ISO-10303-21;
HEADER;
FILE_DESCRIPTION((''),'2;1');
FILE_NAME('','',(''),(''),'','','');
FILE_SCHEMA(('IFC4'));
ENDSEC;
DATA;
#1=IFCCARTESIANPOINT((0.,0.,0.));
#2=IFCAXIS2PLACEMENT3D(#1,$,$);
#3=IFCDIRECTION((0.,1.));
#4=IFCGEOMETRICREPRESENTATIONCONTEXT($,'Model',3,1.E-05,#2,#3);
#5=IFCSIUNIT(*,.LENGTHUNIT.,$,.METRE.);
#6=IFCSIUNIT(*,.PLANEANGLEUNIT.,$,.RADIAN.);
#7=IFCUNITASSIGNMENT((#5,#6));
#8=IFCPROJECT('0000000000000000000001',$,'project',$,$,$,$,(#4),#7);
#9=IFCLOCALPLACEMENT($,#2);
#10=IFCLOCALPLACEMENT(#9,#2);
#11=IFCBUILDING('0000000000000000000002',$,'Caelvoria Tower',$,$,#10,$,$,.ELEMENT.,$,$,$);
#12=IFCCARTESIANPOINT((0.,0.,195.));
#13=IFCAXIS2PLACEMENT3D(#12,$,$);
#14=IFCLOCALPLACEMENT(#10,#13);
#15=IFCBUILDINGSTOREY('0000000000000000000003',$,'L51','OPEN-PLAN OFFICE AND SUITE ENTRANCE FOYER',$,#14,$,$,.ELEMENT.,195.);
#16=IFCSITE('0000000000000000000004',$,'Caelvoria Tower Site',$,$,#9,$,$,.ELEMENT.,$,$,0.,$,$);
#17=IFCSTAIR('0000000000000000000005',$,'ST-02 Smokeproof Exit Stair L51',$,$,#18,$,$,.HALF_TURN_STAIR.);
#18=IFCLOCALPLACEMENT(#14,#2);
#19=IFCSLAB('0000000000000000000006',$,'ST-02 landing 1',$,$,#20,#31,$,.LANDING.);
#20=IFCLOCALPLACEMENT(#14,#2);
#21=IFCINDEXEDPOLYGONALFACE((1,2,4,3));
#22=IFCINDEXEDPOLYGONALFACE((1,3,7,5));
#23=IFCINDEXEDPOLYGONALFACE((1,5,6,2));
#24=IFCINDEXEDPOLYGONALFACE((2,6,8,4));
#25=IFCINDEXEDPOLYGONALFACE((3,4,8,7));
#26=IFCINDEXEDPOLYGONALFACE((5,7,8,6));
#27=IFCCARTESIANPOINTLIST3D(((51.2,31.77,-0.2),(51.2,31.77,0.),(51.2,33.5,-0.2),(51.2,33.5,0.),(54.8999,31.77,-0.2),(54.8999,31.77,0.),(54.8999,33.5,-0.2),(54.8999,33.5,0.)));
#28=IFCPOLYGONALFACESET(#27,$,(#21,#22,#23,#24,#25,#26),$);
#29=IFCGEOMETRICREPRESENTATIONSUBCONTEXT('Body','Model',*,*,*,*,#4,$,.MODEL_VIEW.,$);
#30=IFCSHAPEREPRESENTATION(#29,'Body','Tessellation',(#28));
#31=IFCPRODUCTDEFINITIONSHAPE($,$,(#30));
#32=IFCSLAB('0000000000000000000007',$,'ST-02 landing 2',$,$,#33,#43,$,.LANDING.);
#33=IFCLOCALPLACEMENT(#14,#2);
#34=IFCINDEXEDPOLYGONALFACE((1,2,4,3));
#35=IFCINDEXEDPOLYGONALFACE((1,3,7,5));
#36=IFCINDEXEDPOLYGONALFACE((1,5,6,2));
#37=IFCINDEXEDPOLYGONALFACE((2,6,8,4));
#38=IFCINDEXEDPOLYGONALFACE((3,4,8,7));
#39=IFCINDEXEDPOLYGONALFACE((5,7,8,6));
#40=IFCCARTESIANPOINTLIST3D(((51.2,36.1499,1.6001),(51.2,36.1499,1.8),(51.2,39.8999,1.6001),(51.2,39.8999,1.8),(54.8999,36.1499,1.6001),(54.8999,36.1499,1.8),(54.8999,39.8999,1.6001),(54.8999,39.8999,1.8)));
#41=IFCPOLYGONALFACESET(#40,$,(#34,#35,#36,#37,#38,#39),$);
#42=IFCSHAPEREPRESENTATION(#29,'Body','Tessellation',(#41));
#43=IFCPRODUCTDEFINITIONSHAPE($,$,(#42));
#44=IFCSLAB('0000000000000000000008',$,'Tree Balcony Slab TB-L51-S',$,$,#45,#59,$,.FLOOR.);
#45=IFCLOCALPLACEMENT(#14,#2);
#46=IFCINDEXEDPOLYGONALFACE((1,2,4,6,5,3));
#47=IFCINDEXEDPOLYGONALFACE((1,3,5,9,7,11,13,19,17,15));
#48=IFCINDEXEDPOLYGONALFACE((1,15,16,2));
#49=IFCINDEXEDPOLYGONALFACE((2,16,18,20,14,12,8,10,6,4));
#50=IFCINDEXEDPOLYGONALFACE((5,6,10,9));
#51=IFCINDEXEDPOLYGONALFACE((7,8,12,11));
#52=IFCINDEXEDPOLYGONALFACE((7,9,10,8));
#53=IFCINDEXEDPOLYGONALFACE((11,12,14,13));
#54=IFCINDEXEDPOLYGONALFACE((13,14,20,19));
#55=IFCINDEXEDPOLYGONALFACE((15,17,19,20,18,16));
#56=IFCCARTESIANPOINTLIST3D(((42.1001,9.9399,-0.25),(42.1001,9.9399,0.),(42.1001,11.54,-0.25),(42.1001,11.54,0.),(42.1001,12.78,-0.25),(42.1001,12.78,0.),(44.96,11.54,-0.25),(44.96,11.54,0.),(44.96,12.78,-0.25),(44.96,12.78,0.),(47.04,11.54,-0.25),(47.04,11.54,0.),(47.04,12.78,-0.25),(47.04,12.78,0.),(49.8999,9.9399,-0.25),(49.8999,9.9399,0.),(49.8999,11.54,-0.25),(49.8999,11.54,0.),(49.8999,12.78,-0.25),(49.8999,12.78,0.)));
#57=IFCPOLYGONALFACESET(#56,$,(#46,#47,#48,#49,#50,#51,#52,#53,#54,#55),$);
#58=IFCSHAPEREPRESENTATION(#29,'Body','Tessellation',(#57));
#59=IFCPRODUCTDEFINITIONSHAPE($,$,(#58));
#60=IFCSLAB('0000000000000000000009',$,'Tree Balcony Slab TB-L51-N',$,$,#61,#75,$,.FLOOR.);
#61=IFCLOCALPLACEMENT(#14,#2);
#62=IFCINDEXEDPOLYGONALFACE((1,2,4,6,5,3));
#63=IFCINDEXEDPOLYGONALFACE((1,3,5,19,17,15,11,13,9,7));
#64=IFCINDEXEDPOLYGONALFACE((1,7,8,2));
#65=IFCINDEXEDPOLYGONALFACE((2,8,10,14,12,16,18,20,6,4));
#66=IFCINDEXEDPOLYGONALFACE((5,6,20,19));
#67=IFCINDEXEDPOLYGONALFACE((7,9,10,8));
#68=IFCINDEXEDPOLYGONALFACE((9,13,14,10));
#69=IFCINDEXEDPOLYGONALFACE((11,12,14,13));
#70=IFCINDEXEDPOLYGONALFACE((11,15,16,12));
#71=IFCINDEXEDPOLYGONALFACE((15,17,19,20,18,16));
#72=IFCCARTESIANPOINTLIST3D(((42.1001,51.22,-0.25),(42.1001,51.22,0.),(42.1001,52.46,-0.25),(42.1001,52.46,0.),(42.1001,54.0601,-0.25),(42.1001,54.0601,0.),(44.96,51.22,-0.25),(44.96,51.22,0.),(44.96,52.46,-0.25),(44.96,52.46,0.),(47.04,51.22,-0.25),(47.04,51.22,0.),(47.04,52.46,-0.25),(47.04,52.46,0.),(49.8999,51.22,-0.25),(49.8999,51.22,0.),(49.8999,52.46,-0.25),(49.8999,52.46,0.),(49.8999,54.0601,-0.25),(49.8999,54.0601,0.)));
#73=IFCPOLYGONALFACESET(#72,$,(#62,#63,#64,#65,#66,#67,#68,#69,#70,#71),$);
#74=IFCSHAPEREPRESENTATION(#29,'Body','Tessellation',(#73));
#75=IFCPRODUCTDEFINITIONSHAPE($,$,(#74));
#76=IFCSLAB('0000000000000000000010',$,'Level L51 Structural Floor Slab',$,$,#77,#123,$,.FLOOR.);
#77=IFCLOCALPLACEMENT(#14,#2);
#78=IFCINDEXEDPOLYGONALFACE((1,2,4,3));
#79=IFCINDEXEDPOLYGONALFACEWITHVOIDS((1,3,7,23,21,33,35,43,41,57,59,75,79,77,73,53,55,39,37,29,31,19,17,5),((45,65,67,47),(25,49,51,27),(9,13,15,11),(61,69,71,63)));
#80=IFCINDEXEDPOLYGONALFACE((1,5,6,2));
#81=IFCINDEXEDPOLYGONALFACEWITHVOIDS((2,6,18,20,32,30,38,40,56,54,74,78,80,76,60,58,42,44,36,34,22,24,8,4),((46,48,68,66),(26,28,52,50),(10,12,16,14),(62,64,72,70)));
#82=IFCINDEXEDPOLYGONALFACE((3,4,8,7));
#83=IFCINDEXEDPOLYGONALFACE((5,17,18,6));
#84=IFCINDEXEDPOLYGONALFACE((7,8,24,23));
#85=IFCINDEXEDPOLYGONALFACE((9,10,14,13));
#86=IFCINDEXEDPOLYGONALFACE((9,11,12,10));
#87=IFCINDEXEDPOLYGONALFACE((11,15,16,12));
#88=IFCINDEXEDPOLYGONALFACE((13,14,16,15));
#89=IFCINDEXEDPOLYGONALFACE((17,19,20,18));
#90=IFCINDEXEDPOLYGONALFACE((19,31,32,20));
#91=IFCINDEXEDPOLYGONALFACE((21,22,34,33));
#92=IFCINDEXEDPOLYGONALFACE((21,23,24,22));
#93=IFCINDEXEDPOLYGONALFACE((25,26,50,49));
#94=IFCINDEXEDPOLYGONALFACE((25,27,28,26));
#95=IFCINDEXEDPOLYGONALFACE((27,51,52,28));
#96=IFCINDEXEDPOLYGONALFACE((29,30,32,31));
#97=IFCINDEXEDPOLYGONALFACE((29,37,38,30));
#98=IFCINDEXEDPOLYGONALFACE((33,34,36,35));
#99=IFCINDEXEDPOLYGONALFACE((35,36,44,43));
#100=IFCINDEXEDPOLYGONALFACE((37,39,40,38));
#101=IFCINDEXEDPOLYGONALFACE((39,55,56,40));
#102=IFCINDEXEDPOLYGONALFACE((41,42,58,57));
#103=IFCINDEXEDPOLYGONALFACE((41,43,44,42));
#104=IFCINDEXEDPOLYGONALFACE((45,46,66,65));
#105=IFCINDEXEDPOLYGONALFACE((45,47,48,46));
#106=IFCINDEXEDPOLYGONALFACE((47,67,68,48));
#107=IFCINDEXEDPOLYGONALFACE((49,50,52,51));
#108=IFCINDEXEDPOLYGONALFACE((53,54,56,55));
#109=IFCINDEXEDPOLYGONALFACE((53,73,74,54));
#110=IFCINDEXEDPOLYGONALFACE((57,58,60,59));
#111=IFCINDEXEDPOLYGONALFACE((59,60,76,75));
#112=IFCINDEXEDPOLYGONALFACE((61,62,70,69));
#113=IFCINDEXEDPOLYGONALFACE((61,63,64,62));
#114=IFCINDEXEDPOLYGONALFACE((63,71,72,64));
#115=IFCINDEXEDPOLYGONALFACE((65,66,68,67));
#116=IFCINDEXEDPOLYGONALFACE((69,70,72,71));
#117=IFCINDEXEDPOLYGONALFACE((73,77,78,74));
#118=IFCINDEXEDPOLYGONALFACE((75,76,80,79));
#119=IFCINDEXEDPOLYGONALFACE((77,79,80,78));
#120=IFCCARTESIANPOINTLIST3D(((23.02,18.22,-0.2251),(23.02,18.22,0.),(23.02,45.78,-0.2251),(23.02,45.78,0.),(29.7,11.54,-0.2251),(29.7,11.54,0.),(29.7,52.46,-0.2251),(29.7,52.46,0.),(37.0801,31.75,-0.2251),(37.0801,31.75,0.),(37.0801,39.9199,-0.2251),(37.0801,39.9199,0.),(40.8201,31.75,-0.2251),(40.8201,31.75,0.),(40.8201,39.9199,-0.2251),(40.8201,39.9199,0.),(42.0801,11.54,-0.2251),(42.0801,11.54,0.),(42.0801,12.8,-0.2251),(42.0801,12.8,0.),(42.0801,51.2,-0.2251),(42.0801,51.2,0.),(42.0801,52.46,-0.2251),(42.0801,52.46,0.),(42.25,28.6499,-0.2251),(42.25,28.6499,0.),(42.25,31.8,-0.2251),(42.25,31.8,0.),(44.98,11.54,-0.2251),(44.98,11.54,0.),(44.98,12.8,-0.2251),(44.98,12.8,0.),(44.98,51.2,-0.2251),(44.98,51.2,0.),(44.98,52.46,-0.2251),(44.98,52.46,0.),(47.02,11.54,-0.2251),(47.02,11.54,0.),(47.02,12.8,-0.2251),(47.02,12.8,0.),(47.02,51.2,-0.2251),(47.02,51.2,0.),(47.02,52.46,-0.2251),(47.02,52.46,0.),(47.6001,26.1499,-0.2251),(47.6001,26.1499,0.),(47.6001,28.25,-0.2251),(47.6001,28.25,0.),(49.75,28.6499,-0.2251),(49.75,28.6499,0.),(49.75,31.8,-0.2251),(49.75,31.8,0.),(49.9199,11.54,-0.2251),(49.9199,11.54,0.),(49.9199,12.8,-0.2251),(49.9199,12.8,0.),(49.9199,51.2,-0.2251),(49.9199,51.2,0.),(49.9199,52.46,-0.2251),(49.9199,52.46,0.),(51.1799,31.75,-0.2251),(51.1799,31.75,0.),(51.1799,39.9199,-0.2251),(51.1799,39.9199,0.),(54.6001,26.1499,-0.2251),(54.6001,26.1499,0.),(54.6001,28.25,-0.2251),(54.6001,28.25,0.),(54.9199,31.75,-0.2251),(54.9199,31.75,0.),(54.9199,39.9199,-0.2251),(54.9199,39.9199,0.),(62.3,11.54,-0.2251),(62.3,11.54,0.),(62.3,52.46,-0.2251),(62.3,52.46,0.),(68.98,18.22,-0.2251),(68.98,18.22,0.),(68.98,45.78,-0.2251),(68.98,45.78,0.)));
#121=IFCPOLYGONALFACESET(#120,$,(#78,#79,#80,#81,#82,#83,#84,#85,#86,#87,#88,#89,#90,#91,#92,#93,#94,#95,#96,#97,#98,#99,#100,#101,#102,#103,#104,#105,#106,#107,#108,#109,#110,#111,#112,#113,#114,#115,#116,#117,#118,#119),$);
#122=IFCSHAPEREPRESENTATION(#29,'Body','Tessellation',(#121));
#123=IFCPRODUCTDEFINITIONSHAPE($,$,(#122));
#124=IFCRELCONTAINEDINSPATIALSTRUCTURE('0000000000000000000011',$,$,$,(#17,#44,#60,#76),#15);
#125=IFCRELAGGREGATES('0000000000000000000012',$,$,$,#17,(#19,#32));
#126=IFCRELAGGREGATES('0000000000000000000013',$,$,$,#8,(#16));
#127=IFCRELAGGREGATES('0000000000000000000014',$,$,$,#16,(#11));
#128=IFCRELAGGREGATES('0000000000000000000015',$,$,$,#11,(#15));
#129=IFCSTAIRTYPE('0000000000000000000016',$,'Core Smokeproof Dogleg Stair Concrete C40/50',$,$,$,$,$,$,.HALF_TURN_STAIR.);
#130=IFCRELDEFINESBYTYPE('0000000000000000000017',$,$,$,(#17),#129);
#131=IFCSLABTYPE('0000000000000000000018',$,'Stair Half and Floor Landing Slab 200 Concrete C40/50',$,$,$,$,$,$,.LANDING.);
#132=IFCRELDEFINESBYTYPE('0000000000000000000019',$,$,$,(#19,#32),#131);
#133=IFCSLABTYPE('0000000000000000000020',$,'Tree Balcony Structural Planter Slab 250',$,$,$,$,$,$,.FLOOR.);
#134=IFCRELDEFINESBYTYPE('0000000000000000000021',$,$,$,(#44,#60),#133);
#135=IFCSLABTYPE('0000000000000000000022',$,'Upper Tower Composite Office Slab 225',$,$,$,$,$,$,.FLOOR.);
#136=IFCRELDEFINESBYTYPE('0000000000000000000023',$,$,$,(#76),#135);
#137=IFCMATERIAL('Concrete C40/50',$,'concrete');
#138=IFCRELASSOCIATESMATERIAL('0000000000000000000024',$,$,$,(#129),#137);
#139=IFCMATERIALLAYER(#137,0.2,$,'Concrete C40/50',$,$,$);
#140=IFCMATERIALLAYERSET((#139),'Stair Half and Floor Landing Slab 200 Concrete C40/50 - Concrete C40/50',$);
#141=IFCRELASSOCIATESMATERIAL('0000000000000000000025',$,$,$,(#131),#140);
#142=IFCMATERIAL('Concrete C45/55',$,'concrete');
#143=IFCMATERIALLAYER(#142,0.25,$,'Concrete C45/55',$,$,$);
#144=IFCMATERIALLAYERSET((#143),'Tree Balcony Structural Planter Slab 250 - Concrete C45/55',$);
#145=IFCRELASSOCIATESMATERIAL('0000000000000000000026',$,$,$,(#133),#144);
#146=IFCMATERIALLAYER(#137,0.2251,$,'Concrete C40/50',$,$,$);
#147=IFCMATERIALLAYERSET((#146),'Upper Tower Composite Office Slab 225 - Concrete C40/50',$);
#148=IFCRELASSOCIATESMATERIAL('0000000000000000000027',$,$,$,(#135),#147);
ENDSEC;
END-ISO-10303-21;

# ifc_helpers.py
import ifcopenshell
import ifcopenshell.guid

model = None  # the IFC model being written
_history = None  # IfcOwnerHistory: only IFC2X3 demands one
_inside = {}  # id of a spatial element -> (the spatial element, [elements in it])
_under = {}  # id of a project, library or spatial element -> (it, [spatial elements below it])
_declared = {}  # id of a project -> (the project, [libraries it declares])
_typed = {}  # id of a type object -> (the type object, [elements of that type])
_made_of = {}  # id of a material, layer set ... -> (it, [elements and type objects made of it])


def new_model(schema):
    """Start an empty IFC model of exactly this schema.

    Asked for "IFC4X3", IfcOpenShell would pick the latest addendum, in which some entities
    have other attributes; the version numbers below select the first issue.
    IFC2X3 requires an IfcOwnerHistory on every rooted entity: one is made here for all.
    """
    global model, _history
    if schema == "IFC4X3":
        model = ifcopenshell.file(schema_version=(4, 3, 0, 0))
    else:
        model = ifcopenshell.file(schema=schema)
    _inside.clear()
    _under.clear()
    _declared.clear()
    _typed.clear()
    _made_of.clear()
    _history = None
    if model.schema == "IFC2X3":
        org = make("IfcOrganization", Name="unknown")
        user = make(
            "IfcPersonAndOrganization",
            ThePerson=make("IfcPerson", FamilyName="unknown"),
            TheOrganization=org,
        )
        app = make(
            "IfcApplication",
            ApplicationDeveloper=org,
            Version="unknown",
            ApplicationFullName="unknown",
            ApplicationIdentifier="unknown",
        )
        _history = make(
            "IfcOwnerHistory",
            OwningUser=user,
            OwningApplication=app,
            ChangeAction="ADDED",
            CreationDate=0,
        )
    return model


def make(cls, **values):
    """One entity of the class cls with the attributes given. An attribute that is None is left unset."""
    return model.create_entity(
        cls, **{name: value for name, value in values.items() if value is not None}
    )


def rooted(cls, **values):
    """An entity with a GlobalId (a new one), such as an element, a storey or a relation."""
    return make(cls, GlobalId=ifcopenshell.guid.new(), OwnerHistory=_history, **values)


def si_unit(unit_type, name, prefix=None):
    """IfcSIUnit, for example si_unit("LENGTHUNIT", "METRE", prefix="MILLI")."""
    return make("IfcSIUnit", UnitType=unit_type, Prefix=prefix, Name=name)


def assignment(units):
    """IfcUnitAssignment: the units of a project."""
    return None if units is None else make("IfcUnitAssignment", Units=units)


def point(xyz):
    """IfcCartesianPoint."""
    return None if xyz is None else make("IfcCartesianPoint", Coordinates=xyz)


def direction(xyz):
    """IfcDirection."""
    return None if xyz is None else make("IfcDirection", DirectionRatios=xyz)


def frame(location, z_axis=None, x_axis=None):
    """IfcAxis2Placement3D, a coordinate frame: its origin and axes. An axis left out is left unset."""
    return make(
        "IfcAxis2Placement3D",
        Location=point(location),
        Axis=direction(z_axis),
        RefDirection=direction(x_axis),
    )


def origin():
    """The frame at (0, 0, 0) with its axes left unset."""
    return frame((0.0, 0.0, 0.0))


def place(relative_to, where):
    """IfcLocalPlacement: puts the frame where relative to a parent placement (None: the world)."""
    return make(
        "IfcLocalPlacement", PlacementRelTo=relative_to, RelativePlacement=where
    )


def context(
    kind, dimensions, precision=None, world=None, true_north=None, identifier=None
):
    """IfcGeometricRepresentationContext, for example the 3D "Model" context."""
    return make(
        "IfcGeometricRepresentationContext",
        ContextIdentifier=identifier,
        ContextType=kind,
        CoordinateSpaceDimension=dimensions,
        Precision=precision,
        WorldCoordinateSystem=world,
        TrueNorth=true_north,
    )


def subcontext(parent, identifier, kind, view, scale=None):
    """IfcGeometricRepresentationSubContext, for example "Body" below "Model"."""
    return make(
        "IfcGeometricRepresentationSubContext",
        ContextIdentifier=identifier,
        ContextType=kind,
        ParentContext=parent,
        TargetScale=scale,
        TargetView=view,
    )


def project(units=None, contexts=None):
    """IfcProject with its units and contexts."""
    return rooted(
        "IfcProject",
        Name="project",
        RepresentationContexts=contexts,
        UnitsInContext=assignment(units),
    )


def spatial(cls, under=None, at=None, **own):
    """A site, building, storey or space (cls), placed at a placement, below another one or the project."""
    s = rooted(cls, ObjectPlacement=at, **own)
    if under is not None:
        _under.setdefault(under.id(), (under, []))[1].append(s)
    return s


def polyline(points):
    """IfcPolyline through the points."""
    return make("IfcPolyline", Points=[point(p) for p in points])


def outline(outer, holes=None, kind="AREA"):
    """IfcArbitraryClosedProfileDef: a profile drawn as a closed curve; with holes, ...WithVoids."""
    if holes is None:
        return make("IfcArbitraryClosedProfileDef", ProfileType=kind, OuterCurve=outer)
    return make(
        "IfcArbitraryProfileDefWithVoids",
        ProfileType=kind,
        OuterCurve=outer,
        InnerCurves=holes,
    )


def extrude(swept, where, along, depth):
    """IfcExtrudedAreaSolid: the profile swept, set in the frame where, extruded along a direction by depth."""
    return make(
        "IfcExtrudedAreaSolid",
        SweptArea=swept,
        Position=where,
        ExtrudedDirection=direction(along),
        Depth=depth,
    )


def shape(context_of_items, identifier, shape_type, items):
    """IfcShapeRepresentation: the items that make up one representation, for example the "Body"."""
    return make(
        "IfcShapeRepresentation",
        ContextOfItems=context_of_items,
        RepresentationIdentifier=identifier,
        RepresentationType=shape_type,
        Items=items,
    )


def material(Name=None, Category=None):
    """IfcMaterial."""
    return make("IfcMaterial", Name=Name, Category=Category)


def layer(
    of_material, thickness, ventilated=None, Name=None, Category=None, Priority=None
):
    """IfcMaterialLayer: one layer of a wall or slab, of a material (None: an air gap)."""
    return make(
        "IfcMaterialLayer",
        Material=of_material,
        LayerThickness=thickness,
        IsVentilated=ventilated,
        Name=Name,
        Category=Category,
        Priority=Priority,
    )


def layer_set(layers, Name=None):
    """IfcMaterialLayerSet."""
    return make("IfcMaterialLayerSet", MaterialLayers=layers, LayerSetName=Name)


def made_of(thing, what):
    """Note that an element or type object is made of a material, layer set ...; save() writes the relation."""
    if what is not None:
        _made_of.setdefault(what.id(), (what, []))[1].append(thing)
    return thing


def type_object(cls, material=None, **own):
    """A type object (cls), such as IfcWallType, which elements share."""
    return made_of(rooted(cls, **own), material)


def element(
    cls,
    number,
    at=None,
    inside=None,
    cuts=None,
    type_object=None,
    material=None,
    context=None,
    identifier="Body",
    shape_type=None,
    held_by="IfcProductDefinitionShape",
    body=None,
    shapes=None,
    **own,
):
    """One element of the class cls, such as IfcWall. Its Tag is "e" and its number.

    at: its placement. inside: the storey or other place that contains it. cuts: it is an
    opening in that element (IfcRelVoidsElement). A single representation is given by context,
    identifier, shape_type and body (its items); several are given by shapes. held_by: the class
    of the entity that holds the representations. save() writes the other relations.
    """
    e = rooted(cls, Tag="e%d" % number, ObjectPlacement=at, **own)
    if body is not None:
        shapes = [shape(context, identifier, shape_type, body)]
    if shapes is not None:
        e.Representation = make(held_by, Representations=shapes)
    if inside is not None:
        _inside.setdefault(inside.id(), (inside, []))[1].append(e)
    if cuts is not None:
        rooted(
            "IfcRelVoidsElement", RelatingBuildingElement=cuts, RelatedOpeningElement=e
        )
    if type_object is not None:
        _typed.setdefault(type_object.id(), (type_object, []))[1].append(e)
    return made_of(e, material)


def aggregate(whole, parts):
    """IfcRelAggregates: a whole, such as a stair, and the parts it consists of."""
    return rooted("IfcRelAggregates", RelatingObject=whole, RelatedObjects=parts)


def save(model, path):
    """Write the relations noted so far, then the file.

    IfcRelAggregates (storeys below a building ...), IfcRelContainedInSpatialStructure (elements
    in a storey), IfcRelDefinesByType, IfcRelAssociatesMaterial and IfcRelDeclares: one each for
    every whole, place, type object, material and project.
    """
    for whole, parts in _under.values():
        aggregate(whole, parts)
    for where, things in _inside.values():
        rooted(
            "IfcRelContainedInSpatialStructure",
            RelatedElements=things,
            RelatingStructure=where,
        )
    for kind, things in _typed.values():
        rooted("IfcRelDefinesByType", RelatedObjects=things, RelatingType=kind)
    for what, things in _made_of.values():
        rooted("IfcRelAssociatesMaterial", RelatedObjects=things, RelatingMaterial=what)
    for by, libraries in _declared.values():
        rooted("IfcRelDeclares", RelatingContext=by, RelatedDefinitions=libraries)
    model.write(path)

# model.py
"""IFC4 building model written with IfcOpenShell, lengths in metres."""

from ifc_helpers import new_model, si_unit, direction, frame, origin, place, context, subcontext, project, spatial, polyline, outline, extrude, material, layer, layer_set, type_object, element, aggregate, save


model = new_model("IFC4")

# Units and contexts
model_context = context("Model", 3, precision=1e-05, world=origin(), true_north=direction((0.0, 1.0)))
body_context = subcontext(model_context, "Body", "Model", "MODEL_VIEW")
ifc_project = project(units=[si_unit("LENGTHUNIT", "METRE"), si_unit("PLANEANGLEUNIT", "RADIAN")], contexts=[model_context])

# Site, building, storey
site_placement = place(None, origin())
site = spatial("IfcSite", under=ifc_project, at=site_placement, Name="Caelvoria Tower Site", CompositionType="ELEMENT", RefElevation=0.0)
building_placement = place(site_placement, origin())
building = spatial("IfcBuilding", under=site, at=building_placement, Name="Caelvoria Tower", CompositionType="ELEMENT")
storey_placement = place(building_placement, frame((0.0, 0.0, 195.0)))
storey = spatial("IfcBuildingStorey", under=building, at=storey_placement, Name="L51", Description="OPEN-PLAN OFFICE AND SUITE ENTRANCE FOYER", CompositionType="ELEMENT", Elevation=195.0)

# Stair, slabs
ifc_material_1 = material(Name="Concrete C40/50", Category="concrete")
stair_type = type_object("IfcStairType", Name="Core Smokeproof Dogleg Stair Concrete C40/50", PredefinedType="HALF_TURN_STAIR", material=ifc_material_1)
ifc_layer_1 = layer(ifc_material_1, 0.2, Name="Concrete C40/50")
ifc_layer_set_1 = layer_set([ifc_layer_1], Name="Stair Half and Floor Landing Slab 200 Concrete C40/50 - Concrete C40/50")
slab_type_1 = type_object("IfcSlabType", Name="Stair Half and Floor Landing Slab 200 Concrete C40/50", PredefinedType="LANDING", material=ifc_layer_set_1)
stair_1_placement = place(storey_placement, origin())
stair_1 = element("IfcStair", 1, at=stair_1_placement, inside=storey, type_object=stair_type, Name="ST-02 Smokeproof Exit Stair L51", PredefinedType="HALF_TURN_STAIR")
slab_1_placement = place(storey_placement, frame((0.0, 0.0, -0.2)))
slab_1 = element("IfcSlab", 2, at=slab_1_placement, type_object=slab_type_1, Name="ST-02 landing 1", PredefinedType="LANDING", context=body_context, shape_type="SweptSolid", body=[
    extrude(outline(polyline([(51.2, 31.77), (54.8999, 31.77), (54.8999, 33.5), (51.2, 33.5), (51.2, 31.77)])), origin(), (0.0, 0.0, 1.0), 0.2),
])
slab_2_placement = place(storey_placement, frame((0.0, 0.0, 1.6001)))
slab_2 = element("IfcSlab", 3, at=slab_2_placement, type_object=slab_type_1, Name="ST-02 landing 2", PredefinedType="LANDING", context=body_context, shape_type="SweptSolid", body=[
    extrude(outline(polyline([(51.2, 36.1499), (54.8999, 36.1499), (54.8999, 39.8999), (51.2, 39.8999), (51.2, 36.1499)])), origin(), (0.0, 0.0, 1.0), 0.2),
])
aggregate(stair_1, [slab_1, slab_2])

# Slabs
ifc_material_2 = material(Name="Concrete C45/55", Category="concrete")
ifc_layer_2 = layer(ifc_material_2, 0.25, Name="Concrete C45/55")
ifc_layer_set_2 = layer_set([ifc_layer_2], Name="Tree Balcony Structural Planter Slab 250 - Concrete C45/55")
slab_type_2 = type_object("IfcSlabType", Name="Tree Balcony Structural Planter Slab 250", PredefinedType="FLOOR", material=ifc_layer_set_2)
slab_3_placement = place(storey_placement, frame((0.0, 0.0, -0.25)))
element("IfcSlab", 4, at=slab_3_placement, inside=storey, type_object=slab_type_2, Name="Tree Balcony Slab TB-L51-S", PredefinedType="FLOOR", context=body_context, shape_type="SweptSolid", body=[
    extrude(outline(polyline([(49.8999, 11.54), (49.8999, 12.78), (47.04, 12.78), (47.04, 11.54), (44.96, 11.54), (44.96, 12.78), (42.1001, 12.78), (42.1001, 11.54), (42.1001, 9.9399), (49.8999, 9.9399), (49.8999, 11.54)])), origin(), (0.0, 0.0, 1.0), 0.25),
])
slab_4_placement = place(storey_placement, frame((0.0, 0.0, -0.25)))
element("IfcSlab", 5, at=slab_4_placement, inside=storey, type_object=slab_type_2, Name="Tree Balcony Slab TB-L51-N", PredefinedType="FLOOR", context=body_context, shape_type="SweptSolid", body=[
    extrude(outline(polyline([(42.1001, 54.0601), (42.1001, 52.46), (42.1001, 51.22), (44.96, 51.22), (44.96, 52.46), (47.04, 52.46), (47.04, 51.22), (49.8999, 51.22), (49.8999, 52.46), (49.8999, 54.0601), (42.1001, 54.0601)])), origin(), (0.0, 0.0, 1.0), 0.25),
])
ifc_layer_3 = layer(ifc_material_1, 0.2251, Name="Concrete C40/50")
ifc_layer_set_3 = layer_set([ifc_layer_3], Name="Upper Tower Composite Office Slab 225 - Concrete C40/50")
slab_type_3 = type_object("IfcSlabType", Name="Upper Tower Composite Office Slab 225", PredefinedType="FLOOR", material=ifc_layer_set_3)
slab_5_placement = place(storey_placement, frame((0.0, 0.0, -0.2251)))
element("IfcSlab", 6, at=slab_5_placement, inside=storey, type_object=slab_type_3, Name="Level L51 Structural Floor Slab", PredefinedType="FLOOR", context=body_context, shape_type="SweptSolid", body=[
    extrude(outline(polyline([(23.02, 45.78), (23.02, 18.22), (29.7, 11.54), (42.0801, 11.54), (42.0801, 12.8), (44.98, 12.8), (44.98, 11.54), (47.02, 11.54), (47.02, 12.8), (49.9199, 12.8), (49.9199, 11.54), (62.3, 11.54), (68.98, 18.22), (68.98, 45.78), (62.3, 52.46), (49.9199, 52.46), (49.9199, 51.2), (47.02, 51.2), (47.02, 52.46), (44.98, 52.46), (44.98, 51.2), (42.0801, 51.2), (42.0801, 52.46), (29.7, 52.46), (23.02, 45.78)]), holes=[polyline([(37.0801, 31.75), (40.8201, 31.75), (40.8201, 39.9199), (37.0801, 39.9199), (37.0801, 31.75)]), polyline([(51.1799, 31.75), (54.9199, 31.75), (54.9199, 39.9199), (51.1799, 39.9199), (51.1799, 31.75)]), polyline([(42.25, 28.6499), (49.75, 28.6499), (49.75, 31.8), (42.25, 31.8), (42.25, 28.6499)]), polyline([(47.6001, 26.1499), (54.6001, 26.1499), (54.6001, 28.25), (47.6001, 28.25), (47.6001, 26.1499)])]), origin(), (0.0, 0.0, 1.0), 0.2251),
])

save(model, "model.ifc")
